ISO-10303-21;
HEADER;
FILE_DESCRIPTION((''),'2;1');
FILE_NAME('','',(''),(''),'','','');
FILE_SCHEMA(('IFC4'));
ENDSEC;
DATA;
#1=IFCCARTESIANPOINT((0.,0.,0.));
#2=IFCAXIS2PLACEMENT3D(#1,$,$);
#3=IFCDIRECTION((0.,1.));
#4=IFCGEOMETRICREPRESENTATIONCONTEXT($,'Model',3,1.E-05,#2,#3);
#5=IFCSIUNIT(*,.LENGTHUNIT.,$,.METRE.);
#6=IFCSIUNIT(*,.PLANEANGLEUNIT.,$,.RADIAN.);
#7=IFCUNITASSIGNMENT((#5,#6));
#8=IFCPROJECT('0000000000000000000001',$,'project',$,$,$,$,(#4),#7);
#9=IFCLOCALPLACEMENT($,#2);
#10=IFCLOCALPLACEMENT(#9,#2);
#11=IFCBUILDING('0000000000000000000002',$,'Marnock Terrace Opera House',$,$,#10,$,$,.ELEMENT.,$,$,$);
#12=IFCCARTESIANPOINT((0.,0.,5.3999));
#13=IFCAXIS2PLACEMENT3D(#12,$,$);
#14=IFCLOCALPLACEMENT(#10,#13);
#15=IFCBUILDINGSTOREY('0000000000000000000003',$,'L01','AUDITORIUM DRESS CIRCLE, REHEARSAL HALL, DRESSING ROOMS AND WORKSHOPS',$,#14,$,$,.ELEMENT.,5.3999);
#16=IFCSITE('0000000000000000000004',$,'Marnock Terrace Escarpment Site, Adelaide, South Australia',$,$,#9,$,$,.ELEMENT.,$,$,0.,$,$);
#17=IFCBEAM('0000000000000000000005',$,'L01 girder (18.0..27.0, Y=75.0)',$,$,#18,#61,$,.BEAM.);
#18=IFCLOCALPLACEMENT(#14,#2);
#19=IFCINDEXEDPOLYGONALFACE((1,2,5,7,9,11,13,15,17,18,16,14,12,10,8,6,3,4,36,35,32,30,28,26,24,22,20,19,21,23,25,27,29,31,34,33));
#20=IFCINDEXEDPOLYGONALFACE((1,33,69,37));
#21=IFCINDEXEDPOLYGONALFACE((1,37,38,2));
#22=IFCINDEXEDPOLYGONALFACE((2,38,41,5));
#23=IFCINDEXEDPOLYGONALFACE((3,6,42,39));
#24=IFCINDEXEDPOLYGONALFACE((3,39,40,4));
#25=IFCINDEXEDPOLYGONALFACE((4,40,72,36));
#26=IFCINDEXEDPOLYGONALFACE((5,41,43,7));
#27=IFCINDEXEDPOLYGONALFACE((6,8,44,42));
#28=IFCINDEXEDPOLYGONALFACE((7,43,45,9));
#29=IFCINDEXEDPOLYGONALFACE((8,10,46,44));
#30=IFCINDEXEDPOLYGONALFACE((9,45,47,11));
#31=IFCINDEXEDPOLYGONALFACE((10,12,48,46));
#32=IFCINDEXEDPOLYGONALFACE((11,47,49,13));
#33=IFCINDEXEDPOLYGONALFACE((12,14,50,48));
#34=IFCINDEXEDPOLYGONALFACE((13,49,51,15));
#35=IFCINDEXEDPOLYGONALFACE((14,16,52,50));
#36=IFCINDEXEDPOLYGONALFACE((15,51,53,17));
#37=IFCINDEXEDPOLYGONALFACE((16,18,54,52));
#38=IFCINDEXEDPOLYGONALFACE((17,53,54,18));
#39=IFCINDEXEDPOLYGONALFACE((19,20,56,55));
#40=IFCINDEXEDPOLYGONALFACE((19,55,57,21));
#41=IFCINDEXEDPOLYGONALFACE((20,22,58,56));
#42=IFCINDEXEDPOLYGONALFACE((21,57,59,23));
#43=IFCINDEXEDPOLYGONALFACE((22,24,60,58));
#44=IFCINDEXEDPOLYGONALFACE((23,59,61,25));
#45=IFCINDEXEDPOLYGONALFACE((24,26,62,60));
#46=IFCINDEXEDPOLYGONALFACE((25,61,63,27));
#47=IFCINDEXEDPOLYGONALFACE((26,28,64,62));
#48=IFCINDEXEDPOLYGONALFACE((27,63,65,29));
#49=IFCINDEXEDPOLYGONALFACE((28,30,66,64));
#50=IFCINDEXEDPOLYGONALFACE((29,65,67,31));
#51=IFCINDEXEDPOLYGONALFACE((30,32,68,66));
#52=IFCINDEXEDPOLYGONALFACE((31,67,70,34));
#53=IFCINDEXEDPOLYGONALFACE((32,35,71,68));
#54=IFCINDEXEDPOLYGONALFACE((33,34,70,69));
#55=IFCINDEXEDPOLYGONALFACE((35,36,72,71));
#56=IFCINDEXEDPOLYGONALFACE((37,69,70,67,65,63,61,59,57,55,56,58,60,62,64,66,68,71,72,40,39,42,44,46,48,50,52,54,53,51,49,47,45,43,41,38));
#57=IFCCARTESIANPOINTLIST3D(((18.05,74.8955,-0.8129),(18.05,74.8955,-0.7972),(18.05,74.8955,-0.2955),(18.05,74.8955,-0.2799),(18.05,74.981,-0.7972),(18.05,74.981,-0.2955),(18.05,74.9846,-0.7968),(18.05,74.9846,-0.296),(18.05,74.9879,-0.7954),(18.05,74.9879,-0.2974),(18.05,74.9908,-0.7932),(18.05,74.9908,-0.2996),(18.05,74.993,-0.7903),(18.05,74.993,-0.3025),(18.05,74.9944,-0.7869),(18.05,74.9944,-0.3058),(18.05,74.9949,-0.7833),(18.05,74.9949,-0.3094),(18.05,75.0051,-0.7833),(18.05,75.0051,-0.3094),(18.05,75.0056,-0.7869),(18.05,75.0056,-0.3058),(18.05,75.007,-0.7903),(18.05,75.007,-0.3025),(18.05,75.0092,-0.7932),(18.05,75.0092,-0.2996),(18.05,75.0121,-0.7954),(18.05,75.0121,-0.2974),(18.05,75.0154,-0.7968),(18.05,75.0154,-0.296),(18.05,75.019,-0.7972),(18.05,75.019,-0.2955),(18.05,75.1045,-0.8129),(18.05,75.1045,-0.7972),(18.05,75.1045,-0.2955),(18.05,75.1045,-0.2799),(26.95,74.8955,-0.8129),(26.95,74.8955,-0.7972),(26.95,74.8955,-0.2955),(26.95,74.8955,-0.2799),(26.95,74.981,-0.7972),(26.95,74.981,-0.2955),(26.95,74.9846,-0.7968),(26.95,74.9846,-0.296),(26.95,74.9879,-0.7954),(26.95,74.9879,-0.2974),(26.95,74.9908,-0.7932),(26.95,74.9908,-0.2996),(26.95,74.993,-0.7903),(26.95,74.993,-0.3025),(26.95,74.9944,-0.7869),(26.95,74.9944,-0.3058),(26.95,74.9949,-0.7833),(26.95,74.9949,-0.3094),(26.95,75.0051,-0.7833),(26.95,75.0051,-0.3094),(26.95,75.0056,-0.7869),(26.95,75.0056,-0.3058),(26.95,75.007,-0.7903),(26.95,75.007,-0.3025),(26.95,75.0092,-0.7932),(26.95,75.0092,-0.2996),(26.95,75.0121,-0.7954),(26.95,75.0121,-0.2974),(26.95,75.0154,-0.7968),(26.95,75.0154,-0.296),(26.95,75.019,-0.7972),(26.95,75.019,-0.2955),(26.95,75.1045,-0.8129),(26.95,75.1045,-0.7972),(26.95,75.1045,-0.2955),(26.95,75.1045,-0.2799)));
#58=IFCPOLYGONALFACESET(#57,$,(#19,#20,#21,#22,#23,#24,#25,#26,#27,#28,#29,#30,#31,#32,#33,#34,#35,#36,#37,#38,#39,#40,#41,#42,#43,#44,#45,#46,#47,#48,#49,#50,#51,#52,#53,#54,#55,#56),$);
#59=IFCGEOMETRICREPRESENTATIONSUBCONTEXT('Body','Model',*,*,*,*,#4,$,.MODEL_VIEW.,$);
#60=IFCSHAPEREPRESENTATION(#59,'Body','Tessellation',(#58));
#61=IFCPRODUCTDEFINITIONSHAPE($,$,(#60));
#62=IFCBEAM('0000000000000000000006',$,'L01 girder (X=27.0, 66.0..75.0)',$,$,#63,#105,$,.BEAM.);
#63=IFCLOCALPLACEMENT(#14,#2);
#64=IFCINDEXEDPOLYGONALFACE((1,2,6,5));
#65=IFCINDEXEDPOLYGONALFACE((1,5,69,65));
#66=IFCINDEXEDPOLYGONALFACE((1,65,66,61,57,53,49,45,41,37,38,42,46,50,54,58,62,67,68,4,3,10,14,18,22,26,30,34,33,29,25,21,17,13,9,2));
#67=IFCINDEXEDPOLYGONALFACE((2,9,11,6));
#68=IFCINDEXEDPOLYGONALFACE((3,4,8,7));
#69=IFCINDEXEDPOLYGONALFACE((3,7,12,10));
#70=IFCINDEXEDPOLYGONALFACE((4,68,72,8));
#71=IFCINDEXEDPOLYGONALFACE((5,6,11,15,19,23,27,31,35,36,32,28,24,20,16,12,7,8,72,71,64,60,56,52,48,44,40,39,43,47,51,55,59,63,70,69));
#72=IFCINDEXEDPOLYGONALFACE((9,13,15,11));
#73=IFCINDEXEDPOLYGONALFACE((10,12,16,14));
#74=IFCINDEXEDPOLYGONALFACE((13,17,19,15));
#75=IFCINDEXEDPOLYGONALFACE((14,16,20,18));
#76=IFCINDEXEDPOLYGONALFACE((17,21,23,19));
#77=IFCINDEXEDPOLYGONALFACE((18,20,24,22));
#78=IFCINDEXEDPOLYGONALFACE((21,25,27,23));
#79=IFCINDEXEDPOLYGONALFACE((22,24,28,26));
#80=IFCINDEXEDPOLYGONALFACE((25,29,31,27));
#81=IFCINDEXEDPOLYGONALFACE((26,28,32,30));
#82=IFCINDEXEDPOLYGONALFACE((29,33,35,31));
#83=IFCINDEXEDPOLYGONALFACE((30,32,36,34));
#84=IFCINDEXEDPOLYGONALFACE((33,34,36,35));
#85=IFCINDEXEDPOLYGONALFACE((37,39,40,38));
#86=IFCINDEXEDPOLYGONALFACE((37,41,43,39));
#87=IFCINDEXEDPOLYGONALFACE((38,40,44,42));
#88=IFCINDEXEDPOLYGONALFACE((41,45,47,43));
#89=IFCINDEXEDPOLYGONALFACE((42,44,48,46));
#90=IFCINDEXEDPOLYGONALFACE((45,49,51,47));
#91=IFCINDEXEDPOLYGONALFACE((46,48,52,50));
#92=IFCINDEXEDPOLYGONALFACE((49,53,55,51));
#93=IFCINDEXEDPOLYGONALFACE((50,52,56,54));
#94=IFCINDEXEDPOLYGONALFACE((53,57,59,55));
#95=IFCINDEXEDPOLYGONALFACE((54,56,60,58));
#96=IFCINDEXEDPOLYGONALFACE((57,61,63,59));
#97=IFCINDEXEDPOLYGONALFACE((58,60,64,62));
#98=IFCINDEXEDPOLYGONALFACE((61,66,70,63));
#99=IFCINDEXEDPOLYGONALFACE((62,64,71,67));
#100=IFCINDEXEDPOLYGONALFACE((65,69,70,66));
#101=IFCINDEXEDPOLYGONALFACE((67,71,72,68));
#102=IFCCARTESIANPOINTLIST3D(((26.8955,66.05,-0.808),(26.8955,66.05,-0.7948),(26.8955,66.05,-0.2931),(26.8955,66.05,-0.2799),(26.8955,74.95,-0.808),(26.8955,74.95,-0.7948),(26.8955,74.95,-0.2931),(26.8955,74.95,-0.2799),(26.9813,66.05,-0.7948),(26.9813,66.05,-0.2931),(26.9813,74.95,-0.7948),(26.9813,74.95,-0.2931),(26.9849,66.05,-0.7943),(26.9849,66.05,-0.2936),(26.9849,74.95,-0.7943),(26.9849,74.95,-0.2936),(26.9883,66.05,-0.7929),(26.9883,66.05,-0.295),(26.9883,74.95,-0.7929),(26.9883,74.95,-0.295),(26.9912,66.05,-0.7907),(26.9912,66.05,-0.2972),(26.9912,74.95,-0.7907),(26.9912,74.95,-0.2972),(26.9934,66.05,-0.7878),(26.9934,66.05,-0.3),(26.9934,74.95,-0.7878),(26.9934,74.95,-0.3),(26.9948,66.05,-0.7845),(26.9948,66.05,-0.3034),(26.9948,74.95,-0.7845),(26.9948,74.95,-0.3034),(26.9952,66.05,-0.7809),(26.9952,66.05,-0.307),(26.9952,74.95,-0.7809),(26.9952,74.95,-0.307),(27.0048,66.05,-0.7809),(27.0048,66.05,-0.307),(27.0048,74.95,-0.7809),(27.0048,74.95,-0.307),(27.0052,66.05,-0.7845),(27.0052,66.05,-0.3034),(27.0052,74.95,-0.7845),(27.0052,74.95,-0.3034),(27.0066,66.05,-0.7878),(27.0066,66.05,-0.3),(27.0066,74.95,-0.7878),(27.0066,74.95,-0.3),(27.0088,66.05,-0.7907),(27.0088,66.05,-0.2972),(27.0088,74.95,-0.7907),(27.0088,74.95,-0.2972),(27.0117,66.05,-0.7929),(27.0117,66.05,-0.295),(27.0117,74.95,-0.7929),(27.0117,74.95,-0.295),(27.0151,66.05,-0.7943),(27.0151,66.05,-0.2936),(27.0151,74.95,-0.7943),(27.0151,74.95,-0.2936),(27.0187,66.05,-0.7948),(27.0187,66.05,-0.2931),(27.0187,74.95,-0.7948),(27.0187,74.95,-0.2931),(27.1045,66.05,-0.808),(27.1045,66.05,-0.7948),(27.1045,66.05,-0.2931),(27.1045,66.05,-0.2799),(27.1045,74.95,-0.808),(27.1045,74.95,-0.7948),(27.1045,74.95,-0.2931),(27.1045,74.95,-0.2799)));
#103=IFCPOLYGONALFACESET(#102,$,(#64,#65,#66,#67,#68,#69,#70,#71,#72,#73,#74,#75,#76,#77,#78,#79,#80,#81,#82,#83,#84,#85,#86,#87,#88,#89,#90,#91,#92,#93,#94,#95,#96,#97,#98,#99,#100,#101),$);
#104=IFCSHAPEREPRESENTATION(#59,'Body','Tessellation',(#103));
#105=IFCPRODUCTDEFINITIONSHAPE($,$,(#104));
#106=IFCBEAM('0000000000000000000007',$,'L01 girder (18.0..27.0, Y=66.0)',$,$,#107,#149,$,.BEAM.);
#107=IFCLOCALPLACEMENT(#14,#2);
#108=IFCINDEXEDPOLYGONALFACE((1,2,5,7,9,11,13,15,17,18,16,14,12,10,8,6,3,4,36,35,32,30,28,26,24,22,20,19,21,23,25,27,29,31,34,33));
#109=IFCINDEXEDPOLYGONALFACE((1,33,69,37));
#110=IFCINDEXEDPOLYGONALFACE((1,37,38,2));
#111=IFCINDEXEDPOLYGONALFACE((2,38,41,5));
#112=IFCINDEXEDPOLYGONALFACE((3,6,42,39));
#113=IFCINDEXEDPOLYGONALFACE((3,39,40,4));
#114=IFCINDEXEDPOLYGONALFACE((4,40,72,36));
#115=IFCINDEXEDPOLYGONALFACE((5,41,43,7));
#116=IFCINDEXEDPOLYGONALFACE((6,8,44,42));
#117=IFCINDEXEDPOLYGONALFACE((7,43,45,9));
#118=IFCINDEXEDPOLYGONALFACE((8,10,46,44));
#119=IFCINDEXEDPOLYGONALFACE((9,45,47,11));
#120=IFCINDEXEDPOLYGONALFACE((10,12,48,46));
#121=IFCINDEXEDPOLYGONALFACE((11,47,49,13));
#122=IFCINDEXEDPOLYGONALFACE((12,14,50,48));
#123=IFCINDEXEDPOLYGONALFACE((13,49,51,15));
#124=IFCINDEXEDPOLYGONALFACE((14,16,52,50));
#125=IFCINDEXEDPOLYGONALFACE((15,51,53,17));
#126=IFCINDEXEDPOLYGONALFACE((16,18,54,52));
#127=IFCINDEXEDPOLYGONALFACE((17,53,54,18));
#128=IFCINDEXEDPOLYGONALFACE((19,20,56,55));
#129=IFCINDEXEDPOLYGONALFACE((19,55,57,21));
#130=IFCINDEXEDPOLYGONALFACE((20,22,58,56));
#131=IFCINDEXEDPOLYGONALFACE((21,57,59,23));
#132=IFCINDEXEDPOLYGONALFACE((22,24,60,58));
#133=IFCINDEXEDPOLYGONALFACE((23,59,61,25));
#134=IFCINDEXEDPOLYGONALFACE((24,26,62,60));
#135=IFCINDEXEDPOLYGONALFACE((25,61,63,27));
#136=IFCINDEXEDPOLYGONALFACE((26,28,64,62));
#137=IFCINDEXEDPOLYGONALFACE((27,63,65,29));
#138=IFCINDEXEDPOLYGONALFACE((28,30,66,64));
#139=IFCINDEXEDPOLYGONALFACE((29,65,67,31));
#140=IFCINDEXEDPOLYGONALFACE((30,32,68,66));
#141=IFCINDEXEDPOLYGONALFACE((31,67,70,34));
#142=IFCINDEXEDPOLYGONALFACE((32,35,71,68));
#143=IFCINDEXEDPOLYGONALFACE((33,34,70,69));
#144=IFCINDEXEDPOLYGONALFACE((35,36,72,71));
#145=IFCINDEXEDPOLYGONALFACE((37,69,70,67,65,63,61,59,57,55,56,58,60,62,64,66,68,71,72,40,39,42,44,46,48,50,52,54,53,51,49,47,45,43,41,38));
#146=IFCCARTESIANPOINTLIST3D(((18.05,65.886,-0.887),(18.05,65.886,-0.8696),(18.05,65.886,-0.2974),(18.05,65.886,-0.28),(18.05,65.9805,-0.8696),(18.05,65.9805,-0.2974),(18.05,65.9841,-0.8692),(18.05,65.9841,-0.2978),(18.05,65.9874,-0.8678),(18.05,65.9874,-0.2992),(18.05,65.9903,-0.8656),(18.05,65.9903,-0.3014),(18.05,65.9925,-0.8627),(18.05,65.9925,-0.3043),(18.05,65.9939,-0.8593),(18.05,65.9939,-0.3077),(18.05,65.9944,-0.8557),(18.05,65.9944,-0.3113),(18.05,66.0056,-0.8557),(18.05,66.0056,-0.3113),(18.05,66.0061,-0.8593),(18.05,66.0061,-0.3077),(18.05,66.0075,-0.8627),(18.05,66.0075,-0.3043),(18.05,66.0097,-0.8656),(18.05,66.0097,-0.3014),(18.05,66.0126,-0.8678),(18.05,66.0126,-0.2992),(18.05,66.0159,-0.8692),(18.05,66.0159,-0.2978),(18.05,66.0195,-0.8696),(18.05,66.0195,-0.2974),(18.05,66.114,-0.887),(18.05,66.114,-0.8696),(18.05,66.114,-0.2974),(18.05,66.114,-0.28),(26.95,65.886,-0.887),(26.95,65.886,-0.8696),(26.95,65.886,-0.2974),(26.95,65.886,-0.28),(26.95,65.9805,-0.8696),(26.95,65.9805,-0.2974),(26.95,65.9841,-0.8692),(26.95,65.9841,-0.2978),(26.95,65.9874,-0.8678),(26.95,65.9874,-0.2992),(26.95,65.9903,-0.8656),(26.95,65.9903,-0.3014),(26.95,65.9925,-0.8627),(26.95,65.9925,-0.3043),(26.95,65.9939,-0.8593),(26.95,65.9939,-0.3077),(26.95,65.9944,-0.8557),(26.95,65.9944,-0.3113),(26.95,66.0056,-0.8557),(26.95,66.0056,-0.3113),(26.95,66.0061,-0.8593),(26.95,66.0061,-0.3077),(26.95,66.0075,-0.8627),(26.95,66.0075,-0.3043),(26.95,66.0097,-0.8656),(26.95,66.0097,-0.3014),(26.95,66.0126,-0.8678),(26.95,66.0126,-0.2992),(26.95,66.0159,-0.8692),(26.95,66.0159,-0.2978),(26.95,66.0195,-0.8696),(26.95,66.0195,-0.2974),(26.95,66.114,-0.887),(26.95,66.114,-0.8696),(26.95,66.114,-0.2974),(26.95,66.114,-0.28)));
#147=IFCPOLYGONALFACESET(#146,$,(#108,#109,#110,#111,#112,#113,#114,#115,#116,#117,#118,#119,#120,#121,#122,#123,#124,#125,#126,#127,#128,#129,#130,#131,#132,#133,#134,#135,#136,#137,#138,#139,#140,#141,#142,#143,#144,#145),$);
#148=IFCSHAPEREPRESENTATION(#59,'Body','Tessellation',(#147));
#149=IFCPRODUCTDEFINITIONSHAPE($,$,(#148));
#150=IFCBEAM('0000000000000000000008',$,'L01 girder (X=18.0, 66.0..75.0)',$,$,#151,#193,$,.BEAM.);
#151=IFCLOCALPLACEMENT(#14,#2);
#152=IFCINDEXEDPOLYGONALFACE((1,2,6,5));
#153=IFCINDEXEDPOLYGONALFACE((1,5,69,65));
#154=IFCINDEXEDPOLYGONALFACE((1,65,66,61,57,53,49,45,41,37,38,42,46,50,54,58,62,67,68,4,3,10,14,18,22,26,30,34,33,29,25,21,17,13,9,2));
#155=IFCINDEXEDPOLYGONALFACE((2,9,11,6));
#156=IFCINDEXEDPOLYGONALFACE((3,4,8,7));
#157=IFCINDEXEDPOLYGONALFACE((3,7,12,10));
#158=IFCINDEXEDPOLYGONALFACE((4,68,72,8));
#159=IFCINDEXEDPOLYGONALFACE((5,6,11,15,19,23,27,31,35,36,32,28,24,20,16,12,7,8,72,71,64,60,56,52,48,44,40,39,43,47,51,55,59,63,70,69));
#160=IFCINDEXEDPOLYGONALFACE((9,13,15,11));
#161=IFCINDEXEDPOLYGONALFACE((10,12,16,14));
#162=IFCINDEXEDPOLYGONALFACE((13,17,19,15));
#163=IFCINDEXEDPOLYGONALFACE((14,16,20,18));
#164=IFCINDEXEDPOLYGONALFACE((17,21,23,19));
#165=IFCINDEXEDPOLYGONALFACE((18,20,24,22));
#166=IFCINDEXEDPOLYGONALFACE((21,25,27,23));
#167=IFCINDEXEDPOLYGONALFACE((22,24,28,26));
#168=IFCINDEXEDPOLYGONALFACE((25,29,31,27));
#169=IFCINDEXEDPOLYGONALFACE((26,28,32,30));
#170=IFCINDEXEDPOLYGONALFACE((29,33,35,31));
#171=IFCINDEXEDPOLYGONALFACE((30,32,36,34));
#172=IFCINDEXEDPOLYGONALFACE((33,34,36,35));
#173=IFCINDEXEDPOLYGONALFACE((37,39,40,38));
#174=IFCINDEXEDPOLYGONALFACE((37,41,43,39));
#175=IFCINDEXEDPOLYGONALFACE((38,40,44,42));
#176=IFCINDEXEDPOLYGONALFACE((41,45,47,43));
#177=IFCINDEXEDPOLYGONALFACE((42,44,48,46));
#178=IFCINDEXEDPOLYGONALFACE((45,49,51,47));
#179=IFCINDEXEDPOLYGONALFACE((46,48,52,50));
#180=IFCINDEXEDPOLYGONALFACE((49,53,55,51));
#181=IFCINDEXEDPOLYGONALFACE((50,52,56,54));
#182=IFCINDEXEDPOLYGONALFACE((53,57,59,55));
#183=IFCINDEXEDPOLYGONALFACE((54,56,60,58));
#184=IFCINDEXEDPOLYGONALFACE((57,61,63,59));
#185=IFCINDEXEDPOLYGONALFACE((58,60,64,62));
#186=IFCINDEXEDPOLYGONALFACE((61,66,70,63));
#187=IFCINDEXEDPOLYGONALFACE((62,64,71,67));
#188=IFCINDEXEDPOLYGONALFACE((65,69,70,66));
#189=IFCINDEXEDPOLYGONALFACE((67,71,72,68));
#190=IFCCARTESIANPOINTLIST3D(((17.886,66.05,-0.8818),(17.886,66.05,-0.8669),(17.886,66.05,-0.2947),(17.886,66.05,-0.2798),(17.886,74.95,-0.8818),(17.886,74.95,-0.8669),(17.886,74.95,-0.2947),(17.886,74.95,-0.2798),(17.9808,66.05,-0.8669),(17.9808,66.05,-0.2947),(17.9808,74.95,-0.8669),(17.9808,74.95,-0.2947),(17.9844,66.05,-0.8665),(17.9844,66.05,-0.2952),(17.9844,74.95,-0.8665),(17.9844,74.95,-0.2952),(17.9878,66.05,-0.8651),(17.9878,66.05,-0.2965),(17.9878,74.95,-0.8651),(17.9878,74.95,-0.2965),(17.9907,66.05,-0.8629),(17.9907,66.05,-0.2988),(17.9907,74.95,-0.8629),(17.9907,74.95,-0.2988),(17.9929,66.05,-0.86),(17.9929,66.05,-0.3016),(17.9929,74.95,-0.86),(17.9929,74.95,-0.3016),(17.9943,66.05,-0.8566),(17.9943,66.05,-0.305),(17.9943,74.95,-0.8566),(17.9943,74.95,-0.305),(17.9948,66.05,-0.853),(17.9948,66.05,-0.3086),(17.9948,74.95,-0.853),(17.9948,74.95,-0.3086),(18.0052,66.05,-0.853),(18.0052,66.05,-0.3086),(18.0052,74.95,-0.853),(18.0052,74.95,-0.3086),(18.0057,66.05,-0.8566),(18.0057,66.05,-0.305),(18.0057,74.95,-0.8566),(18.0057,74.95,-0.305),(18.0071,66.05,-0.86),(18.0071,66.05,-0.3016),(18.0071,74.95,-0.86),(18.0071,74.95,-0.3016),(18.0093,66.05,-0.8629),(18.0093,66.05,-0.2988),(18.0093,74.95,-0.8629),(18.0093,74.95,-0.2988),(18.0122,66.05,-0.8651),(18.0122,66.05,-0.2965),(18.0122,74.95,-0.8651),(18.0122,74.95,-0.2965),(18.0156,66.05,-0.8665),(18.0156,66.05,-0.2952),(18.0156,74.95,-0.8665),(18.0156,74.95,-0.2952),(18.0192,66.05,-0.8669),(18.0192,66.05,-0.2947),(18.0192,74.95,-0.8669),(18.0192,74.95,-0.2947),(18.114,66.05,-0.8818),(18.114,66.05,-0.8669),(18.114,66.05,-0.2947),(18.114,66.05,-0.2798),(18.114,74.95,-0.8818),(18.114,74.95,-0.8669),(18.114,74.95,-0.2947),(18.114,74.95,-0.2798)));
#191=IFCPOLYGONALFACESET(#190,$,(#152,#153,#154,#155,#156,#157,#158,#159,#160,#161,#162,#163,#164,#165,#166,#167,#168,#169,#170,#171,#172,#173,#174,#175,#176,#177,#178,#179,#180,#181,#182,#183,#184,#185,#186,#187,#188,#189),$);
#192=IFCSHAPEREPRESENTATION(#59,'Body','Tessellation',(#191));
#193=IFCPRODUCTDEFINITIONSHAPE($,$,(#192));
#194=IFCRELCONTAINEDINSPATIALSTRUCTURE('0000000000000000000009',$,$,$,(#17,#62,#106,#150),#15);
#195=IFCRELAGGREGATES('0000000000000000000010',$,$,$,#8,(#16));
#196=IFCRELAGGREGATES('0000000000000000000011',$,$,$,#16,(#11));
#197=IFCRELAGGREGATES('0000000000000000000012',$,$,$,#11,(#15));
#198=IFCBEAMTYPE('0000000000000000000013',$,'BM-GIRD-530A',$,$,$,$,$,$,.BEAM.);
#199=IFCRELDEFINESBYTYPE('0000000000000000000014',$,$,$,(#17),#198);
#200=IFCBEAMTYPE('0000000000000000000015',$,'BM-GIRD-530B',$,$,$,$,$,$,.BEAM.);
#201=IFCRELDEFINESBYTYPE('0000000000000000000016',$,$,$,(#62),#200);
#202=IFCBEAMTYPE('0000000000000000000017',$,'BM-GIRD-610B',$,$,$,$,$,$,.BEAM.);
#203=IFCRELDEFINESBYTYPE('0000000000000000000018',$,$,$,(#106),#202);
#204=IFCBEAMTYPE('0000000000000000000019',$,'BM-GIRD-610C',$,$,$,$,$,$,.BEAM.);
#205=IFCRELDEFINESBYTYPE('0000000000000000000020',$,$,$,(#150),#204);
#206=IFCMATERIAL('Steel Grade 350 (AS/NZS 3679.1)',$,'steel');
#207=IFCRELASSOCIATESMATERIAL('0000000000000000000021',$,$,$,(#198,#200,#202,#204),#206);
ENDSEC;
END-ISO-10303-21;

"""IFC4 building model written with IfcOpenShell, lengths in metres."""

from ifc_helpers import new_model, si_unit, direction, frame, origin, origin_2d, place, context, subcontext, project, spatial, i_section, extrude, material, material_profile, profile_set, type_object, element, save


model = new_model("IFC4")

# Units and contexts
model_context = context("Model", 3, precision=1e-05, world=origin(), true_north=direction((0.0, 1.0)))
body_context = subcontext(model_context, "Body", "Model", "MODEL_VIEW")
ifc_project = project(units=[si_unit("LENGTHUNIT", "METRE"), si_unit("PLANEANGLEUNIT", "RADIAN")], contexts=[model_context])

# Site, building, storey
site_placement = place(None, origin())
site = spatial("IfcSite", under=ifc_project, at=site_placement, Name="Marnock Terrace Escarpment Site, Adelaide, South Australia", CompositionType="ELEMENT", RefElevation=0.0)
building_placement = place(site_placement, origin())
building = spatial("IfcBuilding", under=site, at=building_placement, Name="Marnock Terrace Opera House", CompositionType="ELEMENT")
storey_placement = place(building_placement, frame((0.0, 0.0, 5.3999)))
storey = spatial("IfcBuildingStorey", under=building, at=storey_placement, Name="L01", Description="AUDITORIUM DRESS CIRCLE, REHEARSAL HALL, DRESSING ROOMS AND WORKSHOPS", CompositionType="ELEMENT", Elevation=5.3999)

# Shared definitions
ifc_material_1 = material(Name="Steel Grade 350 (AS/NZS 3679.1)", Category="steel")

# Beams
ifc_material_profile_1 = material_profile(ifc_material_1, i_section(OverallWidth=0.209, OverallDepth=0.533, WebThickness=0.0103, FlangeThickness=0.0156, FilletRadius=0.0139, at=origin_2d()))
ifc_profile_set_1 = profile_set([ifc_material_profile_1], Name="Steel Grade 350 (AS/NZS 3679.1)")
beam_type_1 = type_object("IfcBeamType", Name="BM-GIRD-530A", PredefinedType="BEAM", material=ifc_profile_set_1)
beam_1_placement = place(storey_placement, frame((18.05, 75.0, -0.5464), z_axis=(1.0, 0.0, 0.0), x_axis=(0.0, 1.0, 0.0)))
element("IfcBeam", 1, at=beam_1_placement, inside=storey, type_object=beam_type_1, Name="L01 girder (18.0..27.0, Y=75.0)", PredefinedType="BEAM", context=body_context, shape_type="SweptSolid", body=[
    extrude(i_section(OverallWidth=0.209, OverallDepth=0.533, WebThickness=0.0103, FlangeThickness=0.0156, FilletRadius=0.0139, at=origin_2d()), origin(), (0.0, 0.0, 1.0), 8.8999),
])
ifc_material_profile_2 = material_profile(ifc_material_1, i_section(OverallWidth=0.209, OverallDepth=0.5281, WebThickness=0.0095, FlangeThickness=0.0132, FilletRadius=0.0139, at=origin_2d()))
ifc_profile_set_2 = profile_set([ifc_material_profile_2], Name="Steel Grade 350 (AS/NZS 3679.1)")
beam_type_2 = type_object("IfcBeamType", Name="BM-GIRD-530B", PredefinedType="BEAM", material=ifc_profile_set_2)
beam_2_placement = place(storey_placement, frame((27.0, 66.05, -0.5439), z_axis=(0.0, 1.0, 0.0), x_axis=(-1.0, 0.0, 0.0)))
element("IfcBeam", 2, at=beam_2_placement, inside=storey, type_object=beam_type_2, Name="L01 girder (X=27.0, 66.0..75.0)", PredefinedType="BEAM", context=body_context, shape_type="SweptSolid", body=[
    extrude(i_section(OverallWidth=0.209, OverallDepth=0.5281, WebThickness=0.0095, FlangeThickness=0.0132, FilletRadius=0.0139, at=origin_2d()), origin(), (0.0, 0.0, 1.0), 8.8999),
])
ifc_material_profile_3 = material_profile(ifc_material_1, i_section(OverallWidth=0.228, OverallDepth=0.6069, WebThickness=0.0112, FlangeThickness=0.0173, FilletRadius=0.0139, at=origin_2d()))
ifc_profile_set_3 = profile_set([ifc_material_profile_3], Name="Steel Grade 350 (AS/NZS 3679.1)")
beam_type_3 = type_object("IfcBeamType", Name="BM-GIRD-610B", PredefinedType="BEAM", material=ifc_profile_set_3)
beam_3_placement = place(storey_placement, frame((18.05, 66.0, -0.5835), z_axis=(1.0, 0.0, 0.0), x_axis=(0.0, 1.0, 0.0)))
element("IfcBeam", 3, at=beam_3_placement, inside=storey, type_object=beam_type_3, Name="L01 girder (18.0..27.0, Y=66.0)", PredefinedType="BEAM", context=body_context, shape_type="SweptSolid", body=[
    extrude(i_section(OverallWidth=0.228, OverallDepth=0.6069, WebThickness=0.0112, FlangeThickness=0.0173, FilletRadius=0.0139, at=origin_2d()), origin(), (0.0, 0.0, 1.0), 8.8999),
])
ifc_material_profile_4 = material_profile(ifc_material_1, i_section(OverallWidth=0.228, OverallDepth=0.6021, WebThickness=0.0105, FlangeThickness=0.0149, FilletRadius=0.0139, at=origin_2d()))
ifc_profile_set_4 = profile_set([ifc_material_profile_4], Name="Steel Grade 350 (AS/NZS 3679.1)")
beam_type_4 = type_object("IfcBeamType", Name="BM-GIRD-610C", PredefinedType="BEAM", material=ifc_profile_set_4)
beam_4_placement = place(storey_placement, frame((18.0, 66.05, -0.5808), z_axis=(0.0, 1.0, 0.0), x_axis=(-1.0, 0.0, 0.0)))
element("IfcBeam", 4, at=beam_4_placement, inside=storey, type_object=beam_type_4, Name="L01 girder (X=18.0, 66.0..75.0)", PredefinedType="BEAM", context=body_context, shape_type="SweptSolid", body=[
    extrude(i_section(OverallWidth=0.228, OverallDepth=0.6021, WebThickness=0.0105, FlangeThickness=0.0149, FilletRadius=0.0139, at=origin_2d()), origin(), (0.0, 0.0, 1.0), 8.8999),
])

save(model, "model.ifc")
